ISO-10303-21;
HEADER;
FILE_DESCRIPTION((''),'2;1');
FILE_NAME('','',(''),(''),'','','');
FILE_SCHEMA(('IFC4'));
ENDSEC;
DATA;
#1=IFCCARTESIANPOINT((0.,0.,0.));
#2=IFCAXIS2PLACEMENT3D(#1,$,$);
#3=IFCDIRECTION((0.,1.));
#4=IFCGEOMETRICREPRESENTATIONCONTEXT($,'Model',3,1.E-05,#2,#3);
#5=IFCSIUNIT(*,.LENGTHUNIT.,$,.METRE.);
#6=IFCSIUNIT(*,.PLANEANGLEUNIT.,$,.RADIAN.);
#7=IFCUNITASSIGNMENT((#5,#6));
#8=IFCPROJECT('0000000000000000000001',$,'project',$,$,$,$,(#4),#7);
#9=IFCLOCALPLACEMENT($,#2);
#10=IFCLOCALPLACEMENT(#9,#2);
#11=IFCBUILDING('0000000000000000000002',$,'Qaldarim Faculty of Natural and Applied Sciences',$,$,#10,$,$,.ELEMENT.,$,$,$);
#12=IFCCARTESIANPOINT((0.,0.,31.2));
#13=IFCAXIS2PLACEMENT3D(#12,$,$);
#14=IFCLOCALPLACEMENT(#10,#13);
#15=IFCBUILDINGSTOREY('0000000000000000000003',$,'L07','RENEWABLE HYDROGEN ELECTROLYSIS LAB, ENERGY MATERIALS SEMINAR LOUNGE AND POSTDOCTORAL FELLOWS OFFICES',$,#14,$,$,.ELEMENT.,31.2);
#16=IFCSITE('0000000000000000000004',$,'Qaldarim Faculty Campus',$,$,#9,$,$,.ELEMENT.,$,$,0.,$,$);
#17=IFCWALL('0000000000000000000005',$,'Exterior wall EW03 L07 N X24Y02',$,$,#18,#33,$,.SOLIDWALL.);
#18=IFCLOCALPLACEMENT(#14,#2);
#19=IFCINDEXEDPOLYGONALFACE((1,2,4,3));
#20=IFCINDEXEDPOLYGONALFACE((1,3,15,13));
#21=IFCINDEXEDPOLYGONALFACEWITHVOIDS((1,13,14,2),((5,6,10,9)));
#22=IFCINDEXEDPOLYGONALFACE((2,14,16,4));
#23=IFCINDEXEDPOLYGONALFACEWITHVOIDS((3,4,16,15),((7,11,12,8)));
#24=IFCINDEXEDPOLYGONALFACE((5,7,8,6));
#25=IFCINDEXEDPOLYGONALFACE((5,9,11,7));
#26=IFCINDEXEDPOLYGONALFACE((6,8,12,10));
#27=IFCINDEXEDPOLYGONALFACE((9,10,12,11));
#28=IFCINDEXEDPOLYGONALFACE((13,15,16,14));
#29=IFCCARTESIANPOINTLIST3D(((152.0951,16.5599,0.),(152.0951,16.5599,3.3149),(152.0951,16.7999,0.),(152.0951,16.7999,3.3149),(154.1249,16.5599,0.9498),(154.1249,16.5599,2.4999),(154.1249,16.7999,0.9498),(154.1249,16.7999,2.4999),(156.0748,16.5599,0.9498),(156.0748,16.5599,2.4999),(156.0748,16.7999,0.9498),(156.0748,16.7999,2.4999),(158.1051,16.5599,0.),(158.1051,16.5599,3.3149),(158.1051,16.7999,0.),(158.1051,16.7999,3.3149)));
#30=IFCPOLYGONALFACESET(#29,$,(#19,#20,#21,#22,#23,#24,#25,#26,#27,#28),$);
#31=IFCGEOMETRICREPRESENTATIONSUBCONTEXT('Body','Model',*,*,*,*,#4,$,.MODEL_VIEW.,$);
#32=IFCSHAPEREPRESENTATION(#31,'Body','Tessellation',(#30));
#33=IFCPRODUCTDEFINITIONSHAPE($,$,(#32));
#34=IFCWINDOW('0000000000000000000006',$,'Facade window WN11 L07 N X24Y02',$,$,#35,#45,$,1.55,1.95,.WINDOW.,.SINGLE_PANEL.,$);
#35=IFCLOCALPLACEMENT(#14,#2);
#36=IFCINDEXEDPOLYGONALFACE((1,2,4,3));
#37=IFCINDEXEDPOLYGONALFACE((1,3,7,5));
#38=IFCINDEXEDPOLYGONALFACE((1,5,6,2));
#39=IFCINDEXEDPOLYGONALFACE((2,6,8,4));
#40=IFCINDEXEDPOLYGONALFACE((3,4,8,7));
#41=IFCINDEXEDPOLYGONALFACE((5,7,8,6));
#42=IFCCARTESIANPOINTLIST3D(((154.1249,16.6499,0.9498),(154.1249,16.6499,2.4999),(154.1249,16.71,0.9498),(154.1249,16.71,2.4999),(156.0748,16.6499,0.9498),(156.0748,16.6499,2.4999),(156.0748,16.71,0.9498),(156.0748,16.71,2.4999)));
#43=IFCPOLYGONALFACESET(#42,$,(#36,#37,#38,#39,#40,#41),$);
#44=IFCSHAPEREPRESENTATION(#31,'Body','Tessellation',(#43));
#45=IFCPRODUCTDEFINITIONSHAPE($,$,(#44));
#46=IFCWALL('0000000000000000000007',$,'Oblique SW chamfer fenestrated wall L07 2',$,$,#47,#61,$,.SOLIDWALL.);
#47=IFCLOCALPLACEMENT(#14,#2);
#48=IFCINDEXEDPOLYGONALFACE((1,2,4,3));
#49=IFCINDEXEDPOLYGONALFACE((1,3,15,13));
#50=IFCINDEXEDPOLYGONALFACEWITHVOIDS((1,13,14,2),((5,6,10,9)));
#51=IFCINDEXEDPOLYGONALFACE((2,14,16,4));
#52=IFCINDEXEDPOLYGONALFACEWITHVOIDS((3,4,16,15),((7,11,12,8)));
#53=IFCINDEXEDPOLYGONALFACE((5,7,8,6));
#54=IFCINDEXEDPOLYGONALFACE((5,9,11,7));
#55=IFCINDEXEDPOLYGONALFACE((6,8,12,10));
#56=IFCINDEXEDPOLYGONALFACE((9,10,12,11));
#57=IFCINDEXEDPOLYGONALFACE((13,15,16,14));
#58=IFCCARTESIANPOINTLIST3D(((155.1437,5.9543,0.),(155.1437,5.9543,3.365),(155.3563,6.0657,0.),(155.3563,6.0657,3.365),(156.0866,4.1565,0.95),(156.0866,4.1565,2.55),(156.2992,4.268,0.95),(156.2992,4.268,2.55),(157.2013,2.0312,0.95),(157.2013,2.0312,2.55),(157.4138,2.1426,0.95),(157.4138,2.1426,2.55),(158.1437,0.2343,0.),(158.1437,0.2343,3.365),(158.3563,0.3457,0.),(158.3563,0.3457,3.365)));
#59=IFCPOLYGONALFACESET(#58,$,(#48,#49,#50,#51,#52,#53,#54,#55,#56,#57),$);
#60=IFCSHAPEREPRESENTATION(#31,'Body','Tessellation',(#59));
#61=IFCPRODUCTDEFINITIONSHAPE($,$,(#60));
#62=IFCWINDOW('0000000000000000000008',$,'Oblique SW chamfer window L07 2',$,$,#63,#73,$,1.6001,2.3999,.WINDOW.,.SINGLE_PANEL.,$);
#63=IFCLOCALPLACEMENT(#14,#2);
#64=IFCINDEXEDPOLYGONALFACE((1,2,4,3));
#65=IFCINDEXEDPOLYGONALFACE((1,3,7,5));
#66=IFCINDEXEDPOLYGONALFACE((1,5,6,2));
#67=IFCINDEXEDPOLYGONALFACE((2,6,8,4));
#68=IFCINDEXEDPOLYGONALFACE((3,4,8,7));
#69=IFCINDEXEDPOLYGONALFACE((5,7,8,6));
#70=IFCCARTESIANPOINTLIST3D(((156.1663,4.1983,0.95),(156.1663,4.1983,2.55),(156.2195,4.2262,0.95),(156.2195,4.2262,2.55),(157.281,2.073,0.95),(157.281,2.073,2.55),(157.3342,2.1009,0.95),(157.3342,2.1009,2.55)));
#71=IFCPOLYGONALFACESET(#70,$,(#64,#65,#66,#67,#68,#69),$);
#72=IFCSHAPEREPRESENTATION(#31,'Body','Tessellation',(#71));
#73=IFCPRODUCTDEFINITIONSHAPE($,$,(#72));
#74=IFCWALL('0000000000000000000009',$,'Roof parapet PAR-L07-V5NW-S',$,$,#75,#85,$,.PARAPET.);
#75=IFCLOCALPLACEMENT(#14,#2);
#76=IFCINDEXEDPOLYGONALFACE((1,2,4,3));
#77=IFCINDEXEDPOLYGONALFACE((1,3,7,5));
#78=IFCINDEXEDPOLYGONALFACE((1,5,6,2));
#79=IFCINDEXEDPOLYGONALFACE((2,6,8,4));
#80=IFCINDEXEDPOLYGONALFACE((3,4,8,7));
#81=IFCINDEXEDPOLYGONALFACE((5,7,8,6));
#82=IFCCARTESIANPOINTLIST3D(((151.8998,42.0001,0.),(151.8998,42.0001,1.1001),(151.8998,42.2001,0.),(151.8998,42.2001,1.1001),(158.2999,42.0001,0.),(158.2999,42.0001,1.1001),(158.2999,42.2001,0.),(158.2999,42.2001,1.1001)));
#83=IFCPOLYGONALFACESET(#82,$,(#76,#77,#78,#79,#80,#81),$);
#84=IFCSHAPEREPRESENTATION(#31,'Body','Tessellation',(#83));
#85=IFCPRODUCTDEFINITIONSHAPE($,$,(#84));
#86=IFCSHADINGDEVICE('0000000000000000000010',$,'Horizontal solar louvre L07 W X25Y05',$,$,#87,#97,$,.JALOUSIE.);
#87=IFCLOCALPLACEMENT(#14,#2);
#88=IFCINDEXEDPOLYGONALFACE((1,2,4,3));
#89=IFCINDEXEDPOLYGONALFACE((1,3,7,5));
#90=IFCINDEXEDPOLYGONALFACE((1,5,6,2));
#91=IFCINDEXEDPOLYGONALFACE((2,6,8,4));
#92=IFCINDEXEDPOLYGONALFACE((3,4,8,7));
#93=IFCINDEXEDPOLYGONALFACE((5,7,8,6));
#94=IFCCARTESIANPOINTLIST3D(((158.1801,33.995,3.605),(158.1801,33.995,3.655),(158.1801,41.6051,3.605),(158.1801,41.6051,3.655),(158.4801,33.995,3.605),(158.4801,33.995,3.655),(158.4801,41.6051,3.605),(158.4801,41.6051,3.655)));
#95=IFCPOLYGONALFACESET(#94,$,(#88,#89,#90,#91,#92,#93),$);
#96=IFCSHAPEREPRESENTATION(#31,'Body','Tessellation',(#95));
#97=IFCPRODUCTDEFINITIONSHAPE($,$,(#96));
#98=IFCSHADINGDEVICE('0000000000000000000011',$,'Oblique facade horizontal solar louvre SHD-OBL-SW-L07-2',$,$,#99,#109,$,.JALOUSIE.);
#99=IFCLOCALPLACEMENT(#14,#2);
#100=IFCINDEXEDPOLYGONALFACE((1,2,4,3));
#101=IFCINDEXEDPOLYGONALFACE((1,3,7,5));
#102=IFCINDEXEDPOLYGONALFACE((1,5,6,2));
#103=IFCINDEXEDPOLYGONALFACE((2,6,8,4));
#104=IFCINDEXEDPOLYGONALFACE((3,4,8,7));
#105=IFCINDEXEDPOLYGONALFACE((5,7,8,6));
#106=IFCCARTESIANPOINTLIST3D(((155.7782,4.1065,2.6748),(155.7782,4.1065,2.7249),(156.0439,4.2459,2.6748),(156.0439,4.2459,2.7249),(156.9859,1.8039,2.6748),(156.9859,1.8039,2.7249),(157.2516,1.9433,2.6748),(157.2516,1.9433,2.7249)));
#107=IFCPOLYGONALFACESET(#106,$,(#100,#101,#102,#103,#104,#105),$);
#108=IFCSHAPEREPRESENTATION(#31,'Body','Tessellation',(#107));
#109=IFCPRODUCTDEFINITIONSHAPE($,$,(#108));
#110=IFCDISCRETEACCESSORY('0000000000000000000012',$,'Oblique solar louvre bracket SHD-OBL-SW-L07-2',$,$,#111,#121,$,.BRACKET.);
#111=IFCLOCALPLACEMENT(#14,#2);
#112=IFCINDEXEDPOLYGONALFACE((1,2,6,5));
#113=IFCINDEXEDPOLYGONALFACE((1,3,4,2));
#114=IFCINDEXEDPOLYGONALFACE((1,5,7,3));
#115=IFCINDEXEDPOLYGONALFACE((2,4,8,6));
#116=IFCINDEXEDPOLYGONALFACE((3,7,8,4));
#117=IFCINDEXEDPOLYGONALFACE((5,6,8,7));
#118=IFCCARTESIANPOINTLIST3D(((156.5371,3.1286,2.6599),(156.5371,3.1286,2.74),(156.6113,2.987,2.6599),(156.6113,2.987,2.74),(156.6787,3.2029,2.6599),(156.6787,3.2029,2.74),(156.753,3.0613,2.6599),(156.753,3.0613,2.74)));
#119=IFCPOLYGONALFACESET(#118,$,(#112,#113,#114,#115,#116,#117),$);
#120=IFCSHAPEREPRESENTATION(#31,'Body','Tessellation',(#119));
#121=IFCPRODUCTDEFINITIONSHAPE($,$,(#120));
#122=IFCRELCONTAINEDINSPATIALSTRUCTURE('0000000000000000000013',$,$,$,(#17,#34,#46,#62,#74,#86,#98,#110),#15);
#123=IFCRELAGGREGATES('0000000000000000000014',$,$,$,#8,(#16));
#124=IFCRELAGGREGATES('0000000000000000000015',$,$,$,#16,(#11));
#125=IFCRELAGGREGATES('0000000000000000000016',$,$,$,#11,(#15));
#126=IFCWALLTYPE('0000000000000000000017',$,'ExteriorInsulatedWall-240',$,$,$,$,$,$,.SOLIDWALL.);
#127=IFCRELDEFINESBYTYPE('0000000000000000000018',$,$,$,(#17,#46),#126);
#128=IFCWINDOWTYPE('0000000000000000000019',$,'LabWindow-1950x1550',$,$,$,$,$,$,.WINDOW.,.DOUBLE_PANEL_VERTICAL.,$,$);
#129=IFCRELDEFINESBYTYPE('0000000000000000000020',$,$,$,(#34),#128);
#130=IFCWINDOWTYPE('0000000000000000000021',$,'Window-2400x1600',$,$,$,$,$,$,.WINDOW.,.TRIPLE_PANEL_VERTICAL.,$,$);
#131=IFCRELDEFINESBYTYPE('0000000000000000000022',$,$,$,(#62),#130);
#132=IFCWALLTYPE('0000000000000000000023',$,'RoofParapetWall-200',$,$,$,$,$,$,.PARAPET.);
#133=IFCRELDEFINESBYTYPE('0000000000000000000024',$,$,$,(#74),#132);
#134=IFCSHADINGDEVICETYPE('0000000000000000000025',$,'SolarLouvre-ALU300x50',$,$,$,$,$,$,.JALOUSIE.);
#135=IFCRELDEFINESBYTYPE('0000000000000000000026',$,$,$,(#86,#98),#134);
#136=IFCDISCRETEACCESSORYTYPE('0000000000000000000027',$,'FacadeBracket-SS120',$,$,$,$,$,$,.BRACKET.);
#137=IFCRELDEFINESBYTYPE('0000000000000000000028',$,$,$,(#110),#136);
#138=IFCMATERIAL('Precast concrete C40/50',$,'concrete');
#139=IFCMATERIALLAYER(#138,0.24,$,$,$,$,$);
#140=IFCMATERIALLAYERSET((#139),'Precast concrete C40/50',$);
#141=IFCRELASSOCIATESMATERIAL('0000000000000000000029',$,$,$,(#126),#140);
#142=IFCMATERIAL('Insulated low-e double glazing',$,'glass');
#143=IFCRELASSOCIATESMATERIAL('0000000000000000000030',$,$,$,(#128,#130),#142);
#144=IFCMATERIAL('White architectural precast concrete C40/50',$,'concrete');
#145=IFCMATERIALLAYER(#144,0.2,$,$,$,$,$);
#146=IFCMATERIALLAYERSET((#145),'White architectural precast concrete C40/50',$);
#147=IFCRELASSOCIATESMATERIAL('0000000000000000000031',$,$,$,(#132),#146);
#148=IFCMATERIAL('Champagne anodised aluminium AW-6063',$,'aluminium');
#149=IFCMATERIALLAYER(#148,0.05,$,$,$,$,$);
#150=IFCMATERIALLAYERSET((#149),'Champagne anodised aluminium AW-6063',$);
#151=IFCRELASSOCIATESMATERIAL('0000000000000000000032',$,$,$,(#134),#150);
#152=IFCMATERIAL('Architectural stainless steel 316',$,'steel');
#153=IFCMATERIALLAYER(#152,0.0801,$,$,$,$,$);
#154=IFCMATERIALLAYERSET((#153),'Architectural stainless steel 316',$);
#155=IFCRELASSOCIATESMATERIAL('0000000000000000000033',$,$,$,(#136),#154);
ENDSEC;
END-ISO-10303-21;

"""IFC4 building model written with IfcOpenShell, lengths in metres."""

from ifc_helpers import new_model, si_unit, direction, frame, frame_2d, origin, origin_2d, place, context, subcontext, project, spatial, rectangle, extrude, material, layer, layer_set, type_object, element, fill, save


model = new_model("IFC4")

# Units and contexts
model_context = context("Model", 3, precision=1e-05, world=origin(), true_north=direction((0.0, 1.0)))
body_context = subcontext(model_context, "Body", "Model", "MODEL_VIEW")
ifc_project = project(units=[si_unit("LENGTHUNIT", "METRE"), si_unit("PLANEANGLEUNIT", "RADIAN")], contexts=[model_context])

# Site, building, storey
site_placement = place(None, origin())
site = spatial("IfcSite", under=ifc_project, at=site_placement, Name="Qaldarim Faculty Campus", CompositionType="ELEMENT", RefElevation=0.0)
building_placement = place(site_placement, origin())
building = spatial("IfcBuilding", under=site, at=building_placement, Name="Qaldarim Faculty of Natural and Applied Sciences", CompositionType="ELEMENT")
storey_placement = place(building_placement, frame((0.0, 0.0, 31.2)))
storey = spatial("IfcBuildingStorey", under=building, at=storey_placement, Name="L07", Description="RENEWABLE HYDROGEN ELECTROLYSIS LAB, ENERGY MATERIALS SEMINAR LOUNGE AND POSTDOCTORAL FELLOWS OFFICES", CompositionType="ELEMENT", Elevation=31.2)

# Shared definitions
ifc_material_1 = material(Name="Precast concrete C40/50", Category="concrete")

# Walls, openings, windows
ifc_layer_1 = layer(ifc_material_1, 0.24)
ifc_layer_set_1 = layer_set([ifc_layer_1], Name="Precast concrete C40/50")
wall_type_1 = type_object("IfcWallType", Name="ExteriorInsulatedWall-240", PredefinedType="SOLIDWALL", material=ifc_layer_set_1)
wall_1_placement = place(storey_placement, frame((158.105, 16.6799, 0.0), z_axis=(0.0, 0.0, 1.0), x_axis=(-1.0, 0.0, 0.0)))
wall_1 = element("IfcWall", 1, at=wall_1_placement, inside=storey, type_object=wall_type_1, Name="Exterior wall EW03 L07 N X24Y02", PredefinedType="SOLIDWALL", context=body_context, shape_type="SweptSolid", body=[
    extrude(rectangle(XDim=6.01, YDim=0.24, at=frame_2d((3.0049, 0.0))), origin(), (0.0, 0.0, 1.0), 3.3149),
])
opening_1_placement = place(wall_1_placement, frame((2.03, 0.0, 0.95)))
opening_1 = element("IfcOpeningElement", 2, at=opening_1_placement, cuts=wall_1, PredefinedType="OPENING", context=body_context, shape_type="SweptSolid", body=[
    extrude(rectangle(XDim=1.95, YDim=1.55, at=frame_2d((0.9751, 0.7749))), frame((0.0, 0.1299, 0.0), z_axis=(0.0, -1.0, 0.0), x_axis=(1.0, 0.0, 0.0)), (0.0, 0.0, 1.0), 0.26),
])
ifc_material_2 = material(Name="Insulated low-e double glazing", Category="glass")
window_type_1 = type_object("IfcWindowType", Name="LabWindow-1950x1550", PartitioningType="DOUBLE_PANEL_VERTICAL", PredefinedType="WINDOW", material=ifc_material_2)
window_1_placement = place(opening_1_placement, origin())
window_1 = element("IfcWindow", 3, at=window_1_placement, inside=storey, type_object=window_type_1, Name="Facade window WN11 L07 N X24Y02", OverallHeight=1.55, OverallWidth=1.95, PartitioningType="SINGLE_PANEL", PredefinedType="WINDOW", context=body_context, shape_type="SweptSolid", body=[
    extrude(rectangle(XDim=1.95, YDim=1.55, at=frame_2d((0.9751, 0.7749))), frame((0.0, 0.03, 0.0), z_axis=(0.0, -1.0, 0.0), x_axis=(1.0, 0.0, 0.0)), (0.0, 0.0, 1.0), 0.0601),
])
fill(opening_1, window_1)
wall_2_placement = place(storey_placement, frame((155.25, 6.01, 0.0), z_axis=(0.0, 0.0, 1.0), x_axis=(0.464472, -0.885588, 0.0)))
wall_2 = element("IfcWall", 4, at=wall_2_placement, inside=storey, type_object=wall_type_1, Name="Oblique SW chamfer fenestrated wall L07 2", PredefinedType="SOLIDWALL", context=body_context, shape_type="SweptSolid", body=[
    extrude(rectangle(XDim=6.459, YDim=0.24, at=frame_2d((3.2295, 0.0))), origin(), (0.0, 0.0, 1.0), 3.365),
])
opening_2_placement = place(wall_2_placement, frame((2.03, 0.0, 0.95)))
opening_2 = element("IfcOpeningElement", 5, at=opening_2_placement, cuts=wall_2, PredefinedType="OPENING", context=body_context, shape_type="SweptSolid", body=[
    extrude(rectangle(XDim=2.3999, YDim=1.6001, at=frame_2d((1.2, 0.8))), frame((0.0, 0.1299, 0.0), z_axis=(0.0, -1.0, 0.0), x_axis=(1.0, 0.0, 0.0)), (0.0, 0.0, 1.0), 0.26),
])
window_type_2 = type_object("IfcWindowType", Name="Window-2400x1600", PartitioningType="TRIPLE_PANEL_VERTICAL", PredefinedType="WINDOW", material=ifc_material_2)
window_2_placement = place(opening_2_placement, origin())
window_2 = element("IfcWindow", 6, at=window_2_placement, inside=storey, type_object=window_type_2, Name="Oblique SW chamfer window L07 2", OverallHeight=1.6001, OverallWidth=2.3999, PartitioningType="SINGLE_PANEL", PredefinedType="WINDOW", context=body_context, shape_type="SweptSolid", body=[
    extrude(rectangle(XDim=2.3999, YDim=1.6001, at=frame_2d((1.2, 0.8))), frame((0.0, 0.03, 0.0), z_axis=(0.0, -1.0, 0.0), x_axis=(1.0, 0.0, 0.0)), (0.0, 0.0, 1.0), 0.0601),
])
fill(opening_2, window_2)

# Wall
ifc_material_3 = material(Name="White architectural precast concrete C40/50", Category="concrete")
ifc_layer_2 = layer(ifc_material_3, 0.2)
ifc_layer_set_2 = layer_set([ifc_layer_2], Name="White architectural precast concrete C40/50")
wall_type_2 = type_object("IfcWallType", Name="RoofParapetWall-200", PredefinedType="PARAPET", material=ifc_layer_set_2)
wall_3_placement = place(storey_placement, frame((158.3, 42.1001, 0.0), z_axis=(0.0, 0.0, 1.0), x_axis=(-1.0, 0.0, 0.0)))
element("IfcWall", 7, at=wall_3_placement, inside=storey, type_object=wall_type_2, Name="Roof parapet PAR-L07-V5NW-S", PredefinedType="PARAPET", context=body_context, shape_type="SweptSolid", body=[
    extrude(rectangle(XDim=6.4001, YDim=0.2, at=frame_2d((3.2002, 0.0))), origin(), (0.0, 0.0, 1.0), 1.1001),
])

# Shading devices
ifc_material_4 = material(Name="Champagne anodised aluminium AW-6063", Category="aluminium")
ifc_layer_3 = layer(ifc_material_4, 0.05)
ifc_layer_set_3 = layer_set([ifc_layer_3], Name="Champagne anodised aluminium AW-6063")
shading_device_type = type_object("IfcShadingDeviceType", Name="SolarLouvre-ALU300x50", PredefinedType="JALOUSIE", material=ifc_layer_set_3)
shading_device_1_placement = place(storey_placement, frame((158.3301, 37.8, 3.605), z_axis=(0.0, 0.0, 1.0), x_axis=(0.0, 1.0, 0.0)))
element("IfcShadingDevice", 8, at=shading_device_1_placement, inside=storey, type_object=shading_device_type, Name="Horizontal solar louvre L07 W X25Y05", PredefinedType="JALOUSIE", context=body_context, shape_type="SweptSolid", body=[
    extrude(rectangle(XDim=7.6101, YDim=0.3, at=origin_2d()), origin(), (0.0, 0.0, 1.0), 0.05),
])
shading_device_2_placement = place(storey_placement, frame((156.5149, 3.0249, 2.6748), z_axis=(0.0, 0.0, 1.0), x_axis=(0.464471, -0.885588, 0.0)))
element("IfcShadingDevice", 9, at=shading_device_2_placement, inside=storey, type_object=shading_device_type, Name="Oblique facade horizontal solar louvre SHD-OBL-SW-L07-2", PredefinedType="JALOUSIE", context=body_context, shape_type="SweptSolid", body=[
    extrude(rectangle(XDim=2.6001, YDim=0.3, at=origin_2d()), origin(), (0.0, 0.0, 1.0), 0.05),
])

# Discrete accessory
ifc_material_5 = material(Name="Architectural stainless steel 316", Category="steel")
ifc_layer_4 = layer(ifc_material_5, 0.0801)
ifc_layer_set_4 = layer_set([ifc_layer_4], Name="Architectural stainless steel 316")
discrete_accessory_type = type_object("IfcDiscreteAccessoryType", Name="FacadeBracket-SS120", PredefinedType="BRACKET", material=ifc_layer_set_4)
discrete_accessory_placement = place(storey_placement, frame((156.645, 3.095, 2.6599), z_axis=(0.0, 0.0, 1.0), x_axis=(0.464471, -0.885588, 0.0)))
element("IfcDiscreteAccessory", 10, at=discrete_accessory_placement, inside=storey, type_object=discrete_accessory_type, Name="Oblique solar louvre bracket SHD-OBL-SW-L07-2", PredefinedType="BRACKET", context=body_context, shape_type="SweptSolid", body=[
    extrude(rectangle(XDim=0.1599, YDim=0.1599, at=origin_2d()), origin(), (0.0, 0.0, 1.0), 0.0801),
])

save(model, "model.ifc")
